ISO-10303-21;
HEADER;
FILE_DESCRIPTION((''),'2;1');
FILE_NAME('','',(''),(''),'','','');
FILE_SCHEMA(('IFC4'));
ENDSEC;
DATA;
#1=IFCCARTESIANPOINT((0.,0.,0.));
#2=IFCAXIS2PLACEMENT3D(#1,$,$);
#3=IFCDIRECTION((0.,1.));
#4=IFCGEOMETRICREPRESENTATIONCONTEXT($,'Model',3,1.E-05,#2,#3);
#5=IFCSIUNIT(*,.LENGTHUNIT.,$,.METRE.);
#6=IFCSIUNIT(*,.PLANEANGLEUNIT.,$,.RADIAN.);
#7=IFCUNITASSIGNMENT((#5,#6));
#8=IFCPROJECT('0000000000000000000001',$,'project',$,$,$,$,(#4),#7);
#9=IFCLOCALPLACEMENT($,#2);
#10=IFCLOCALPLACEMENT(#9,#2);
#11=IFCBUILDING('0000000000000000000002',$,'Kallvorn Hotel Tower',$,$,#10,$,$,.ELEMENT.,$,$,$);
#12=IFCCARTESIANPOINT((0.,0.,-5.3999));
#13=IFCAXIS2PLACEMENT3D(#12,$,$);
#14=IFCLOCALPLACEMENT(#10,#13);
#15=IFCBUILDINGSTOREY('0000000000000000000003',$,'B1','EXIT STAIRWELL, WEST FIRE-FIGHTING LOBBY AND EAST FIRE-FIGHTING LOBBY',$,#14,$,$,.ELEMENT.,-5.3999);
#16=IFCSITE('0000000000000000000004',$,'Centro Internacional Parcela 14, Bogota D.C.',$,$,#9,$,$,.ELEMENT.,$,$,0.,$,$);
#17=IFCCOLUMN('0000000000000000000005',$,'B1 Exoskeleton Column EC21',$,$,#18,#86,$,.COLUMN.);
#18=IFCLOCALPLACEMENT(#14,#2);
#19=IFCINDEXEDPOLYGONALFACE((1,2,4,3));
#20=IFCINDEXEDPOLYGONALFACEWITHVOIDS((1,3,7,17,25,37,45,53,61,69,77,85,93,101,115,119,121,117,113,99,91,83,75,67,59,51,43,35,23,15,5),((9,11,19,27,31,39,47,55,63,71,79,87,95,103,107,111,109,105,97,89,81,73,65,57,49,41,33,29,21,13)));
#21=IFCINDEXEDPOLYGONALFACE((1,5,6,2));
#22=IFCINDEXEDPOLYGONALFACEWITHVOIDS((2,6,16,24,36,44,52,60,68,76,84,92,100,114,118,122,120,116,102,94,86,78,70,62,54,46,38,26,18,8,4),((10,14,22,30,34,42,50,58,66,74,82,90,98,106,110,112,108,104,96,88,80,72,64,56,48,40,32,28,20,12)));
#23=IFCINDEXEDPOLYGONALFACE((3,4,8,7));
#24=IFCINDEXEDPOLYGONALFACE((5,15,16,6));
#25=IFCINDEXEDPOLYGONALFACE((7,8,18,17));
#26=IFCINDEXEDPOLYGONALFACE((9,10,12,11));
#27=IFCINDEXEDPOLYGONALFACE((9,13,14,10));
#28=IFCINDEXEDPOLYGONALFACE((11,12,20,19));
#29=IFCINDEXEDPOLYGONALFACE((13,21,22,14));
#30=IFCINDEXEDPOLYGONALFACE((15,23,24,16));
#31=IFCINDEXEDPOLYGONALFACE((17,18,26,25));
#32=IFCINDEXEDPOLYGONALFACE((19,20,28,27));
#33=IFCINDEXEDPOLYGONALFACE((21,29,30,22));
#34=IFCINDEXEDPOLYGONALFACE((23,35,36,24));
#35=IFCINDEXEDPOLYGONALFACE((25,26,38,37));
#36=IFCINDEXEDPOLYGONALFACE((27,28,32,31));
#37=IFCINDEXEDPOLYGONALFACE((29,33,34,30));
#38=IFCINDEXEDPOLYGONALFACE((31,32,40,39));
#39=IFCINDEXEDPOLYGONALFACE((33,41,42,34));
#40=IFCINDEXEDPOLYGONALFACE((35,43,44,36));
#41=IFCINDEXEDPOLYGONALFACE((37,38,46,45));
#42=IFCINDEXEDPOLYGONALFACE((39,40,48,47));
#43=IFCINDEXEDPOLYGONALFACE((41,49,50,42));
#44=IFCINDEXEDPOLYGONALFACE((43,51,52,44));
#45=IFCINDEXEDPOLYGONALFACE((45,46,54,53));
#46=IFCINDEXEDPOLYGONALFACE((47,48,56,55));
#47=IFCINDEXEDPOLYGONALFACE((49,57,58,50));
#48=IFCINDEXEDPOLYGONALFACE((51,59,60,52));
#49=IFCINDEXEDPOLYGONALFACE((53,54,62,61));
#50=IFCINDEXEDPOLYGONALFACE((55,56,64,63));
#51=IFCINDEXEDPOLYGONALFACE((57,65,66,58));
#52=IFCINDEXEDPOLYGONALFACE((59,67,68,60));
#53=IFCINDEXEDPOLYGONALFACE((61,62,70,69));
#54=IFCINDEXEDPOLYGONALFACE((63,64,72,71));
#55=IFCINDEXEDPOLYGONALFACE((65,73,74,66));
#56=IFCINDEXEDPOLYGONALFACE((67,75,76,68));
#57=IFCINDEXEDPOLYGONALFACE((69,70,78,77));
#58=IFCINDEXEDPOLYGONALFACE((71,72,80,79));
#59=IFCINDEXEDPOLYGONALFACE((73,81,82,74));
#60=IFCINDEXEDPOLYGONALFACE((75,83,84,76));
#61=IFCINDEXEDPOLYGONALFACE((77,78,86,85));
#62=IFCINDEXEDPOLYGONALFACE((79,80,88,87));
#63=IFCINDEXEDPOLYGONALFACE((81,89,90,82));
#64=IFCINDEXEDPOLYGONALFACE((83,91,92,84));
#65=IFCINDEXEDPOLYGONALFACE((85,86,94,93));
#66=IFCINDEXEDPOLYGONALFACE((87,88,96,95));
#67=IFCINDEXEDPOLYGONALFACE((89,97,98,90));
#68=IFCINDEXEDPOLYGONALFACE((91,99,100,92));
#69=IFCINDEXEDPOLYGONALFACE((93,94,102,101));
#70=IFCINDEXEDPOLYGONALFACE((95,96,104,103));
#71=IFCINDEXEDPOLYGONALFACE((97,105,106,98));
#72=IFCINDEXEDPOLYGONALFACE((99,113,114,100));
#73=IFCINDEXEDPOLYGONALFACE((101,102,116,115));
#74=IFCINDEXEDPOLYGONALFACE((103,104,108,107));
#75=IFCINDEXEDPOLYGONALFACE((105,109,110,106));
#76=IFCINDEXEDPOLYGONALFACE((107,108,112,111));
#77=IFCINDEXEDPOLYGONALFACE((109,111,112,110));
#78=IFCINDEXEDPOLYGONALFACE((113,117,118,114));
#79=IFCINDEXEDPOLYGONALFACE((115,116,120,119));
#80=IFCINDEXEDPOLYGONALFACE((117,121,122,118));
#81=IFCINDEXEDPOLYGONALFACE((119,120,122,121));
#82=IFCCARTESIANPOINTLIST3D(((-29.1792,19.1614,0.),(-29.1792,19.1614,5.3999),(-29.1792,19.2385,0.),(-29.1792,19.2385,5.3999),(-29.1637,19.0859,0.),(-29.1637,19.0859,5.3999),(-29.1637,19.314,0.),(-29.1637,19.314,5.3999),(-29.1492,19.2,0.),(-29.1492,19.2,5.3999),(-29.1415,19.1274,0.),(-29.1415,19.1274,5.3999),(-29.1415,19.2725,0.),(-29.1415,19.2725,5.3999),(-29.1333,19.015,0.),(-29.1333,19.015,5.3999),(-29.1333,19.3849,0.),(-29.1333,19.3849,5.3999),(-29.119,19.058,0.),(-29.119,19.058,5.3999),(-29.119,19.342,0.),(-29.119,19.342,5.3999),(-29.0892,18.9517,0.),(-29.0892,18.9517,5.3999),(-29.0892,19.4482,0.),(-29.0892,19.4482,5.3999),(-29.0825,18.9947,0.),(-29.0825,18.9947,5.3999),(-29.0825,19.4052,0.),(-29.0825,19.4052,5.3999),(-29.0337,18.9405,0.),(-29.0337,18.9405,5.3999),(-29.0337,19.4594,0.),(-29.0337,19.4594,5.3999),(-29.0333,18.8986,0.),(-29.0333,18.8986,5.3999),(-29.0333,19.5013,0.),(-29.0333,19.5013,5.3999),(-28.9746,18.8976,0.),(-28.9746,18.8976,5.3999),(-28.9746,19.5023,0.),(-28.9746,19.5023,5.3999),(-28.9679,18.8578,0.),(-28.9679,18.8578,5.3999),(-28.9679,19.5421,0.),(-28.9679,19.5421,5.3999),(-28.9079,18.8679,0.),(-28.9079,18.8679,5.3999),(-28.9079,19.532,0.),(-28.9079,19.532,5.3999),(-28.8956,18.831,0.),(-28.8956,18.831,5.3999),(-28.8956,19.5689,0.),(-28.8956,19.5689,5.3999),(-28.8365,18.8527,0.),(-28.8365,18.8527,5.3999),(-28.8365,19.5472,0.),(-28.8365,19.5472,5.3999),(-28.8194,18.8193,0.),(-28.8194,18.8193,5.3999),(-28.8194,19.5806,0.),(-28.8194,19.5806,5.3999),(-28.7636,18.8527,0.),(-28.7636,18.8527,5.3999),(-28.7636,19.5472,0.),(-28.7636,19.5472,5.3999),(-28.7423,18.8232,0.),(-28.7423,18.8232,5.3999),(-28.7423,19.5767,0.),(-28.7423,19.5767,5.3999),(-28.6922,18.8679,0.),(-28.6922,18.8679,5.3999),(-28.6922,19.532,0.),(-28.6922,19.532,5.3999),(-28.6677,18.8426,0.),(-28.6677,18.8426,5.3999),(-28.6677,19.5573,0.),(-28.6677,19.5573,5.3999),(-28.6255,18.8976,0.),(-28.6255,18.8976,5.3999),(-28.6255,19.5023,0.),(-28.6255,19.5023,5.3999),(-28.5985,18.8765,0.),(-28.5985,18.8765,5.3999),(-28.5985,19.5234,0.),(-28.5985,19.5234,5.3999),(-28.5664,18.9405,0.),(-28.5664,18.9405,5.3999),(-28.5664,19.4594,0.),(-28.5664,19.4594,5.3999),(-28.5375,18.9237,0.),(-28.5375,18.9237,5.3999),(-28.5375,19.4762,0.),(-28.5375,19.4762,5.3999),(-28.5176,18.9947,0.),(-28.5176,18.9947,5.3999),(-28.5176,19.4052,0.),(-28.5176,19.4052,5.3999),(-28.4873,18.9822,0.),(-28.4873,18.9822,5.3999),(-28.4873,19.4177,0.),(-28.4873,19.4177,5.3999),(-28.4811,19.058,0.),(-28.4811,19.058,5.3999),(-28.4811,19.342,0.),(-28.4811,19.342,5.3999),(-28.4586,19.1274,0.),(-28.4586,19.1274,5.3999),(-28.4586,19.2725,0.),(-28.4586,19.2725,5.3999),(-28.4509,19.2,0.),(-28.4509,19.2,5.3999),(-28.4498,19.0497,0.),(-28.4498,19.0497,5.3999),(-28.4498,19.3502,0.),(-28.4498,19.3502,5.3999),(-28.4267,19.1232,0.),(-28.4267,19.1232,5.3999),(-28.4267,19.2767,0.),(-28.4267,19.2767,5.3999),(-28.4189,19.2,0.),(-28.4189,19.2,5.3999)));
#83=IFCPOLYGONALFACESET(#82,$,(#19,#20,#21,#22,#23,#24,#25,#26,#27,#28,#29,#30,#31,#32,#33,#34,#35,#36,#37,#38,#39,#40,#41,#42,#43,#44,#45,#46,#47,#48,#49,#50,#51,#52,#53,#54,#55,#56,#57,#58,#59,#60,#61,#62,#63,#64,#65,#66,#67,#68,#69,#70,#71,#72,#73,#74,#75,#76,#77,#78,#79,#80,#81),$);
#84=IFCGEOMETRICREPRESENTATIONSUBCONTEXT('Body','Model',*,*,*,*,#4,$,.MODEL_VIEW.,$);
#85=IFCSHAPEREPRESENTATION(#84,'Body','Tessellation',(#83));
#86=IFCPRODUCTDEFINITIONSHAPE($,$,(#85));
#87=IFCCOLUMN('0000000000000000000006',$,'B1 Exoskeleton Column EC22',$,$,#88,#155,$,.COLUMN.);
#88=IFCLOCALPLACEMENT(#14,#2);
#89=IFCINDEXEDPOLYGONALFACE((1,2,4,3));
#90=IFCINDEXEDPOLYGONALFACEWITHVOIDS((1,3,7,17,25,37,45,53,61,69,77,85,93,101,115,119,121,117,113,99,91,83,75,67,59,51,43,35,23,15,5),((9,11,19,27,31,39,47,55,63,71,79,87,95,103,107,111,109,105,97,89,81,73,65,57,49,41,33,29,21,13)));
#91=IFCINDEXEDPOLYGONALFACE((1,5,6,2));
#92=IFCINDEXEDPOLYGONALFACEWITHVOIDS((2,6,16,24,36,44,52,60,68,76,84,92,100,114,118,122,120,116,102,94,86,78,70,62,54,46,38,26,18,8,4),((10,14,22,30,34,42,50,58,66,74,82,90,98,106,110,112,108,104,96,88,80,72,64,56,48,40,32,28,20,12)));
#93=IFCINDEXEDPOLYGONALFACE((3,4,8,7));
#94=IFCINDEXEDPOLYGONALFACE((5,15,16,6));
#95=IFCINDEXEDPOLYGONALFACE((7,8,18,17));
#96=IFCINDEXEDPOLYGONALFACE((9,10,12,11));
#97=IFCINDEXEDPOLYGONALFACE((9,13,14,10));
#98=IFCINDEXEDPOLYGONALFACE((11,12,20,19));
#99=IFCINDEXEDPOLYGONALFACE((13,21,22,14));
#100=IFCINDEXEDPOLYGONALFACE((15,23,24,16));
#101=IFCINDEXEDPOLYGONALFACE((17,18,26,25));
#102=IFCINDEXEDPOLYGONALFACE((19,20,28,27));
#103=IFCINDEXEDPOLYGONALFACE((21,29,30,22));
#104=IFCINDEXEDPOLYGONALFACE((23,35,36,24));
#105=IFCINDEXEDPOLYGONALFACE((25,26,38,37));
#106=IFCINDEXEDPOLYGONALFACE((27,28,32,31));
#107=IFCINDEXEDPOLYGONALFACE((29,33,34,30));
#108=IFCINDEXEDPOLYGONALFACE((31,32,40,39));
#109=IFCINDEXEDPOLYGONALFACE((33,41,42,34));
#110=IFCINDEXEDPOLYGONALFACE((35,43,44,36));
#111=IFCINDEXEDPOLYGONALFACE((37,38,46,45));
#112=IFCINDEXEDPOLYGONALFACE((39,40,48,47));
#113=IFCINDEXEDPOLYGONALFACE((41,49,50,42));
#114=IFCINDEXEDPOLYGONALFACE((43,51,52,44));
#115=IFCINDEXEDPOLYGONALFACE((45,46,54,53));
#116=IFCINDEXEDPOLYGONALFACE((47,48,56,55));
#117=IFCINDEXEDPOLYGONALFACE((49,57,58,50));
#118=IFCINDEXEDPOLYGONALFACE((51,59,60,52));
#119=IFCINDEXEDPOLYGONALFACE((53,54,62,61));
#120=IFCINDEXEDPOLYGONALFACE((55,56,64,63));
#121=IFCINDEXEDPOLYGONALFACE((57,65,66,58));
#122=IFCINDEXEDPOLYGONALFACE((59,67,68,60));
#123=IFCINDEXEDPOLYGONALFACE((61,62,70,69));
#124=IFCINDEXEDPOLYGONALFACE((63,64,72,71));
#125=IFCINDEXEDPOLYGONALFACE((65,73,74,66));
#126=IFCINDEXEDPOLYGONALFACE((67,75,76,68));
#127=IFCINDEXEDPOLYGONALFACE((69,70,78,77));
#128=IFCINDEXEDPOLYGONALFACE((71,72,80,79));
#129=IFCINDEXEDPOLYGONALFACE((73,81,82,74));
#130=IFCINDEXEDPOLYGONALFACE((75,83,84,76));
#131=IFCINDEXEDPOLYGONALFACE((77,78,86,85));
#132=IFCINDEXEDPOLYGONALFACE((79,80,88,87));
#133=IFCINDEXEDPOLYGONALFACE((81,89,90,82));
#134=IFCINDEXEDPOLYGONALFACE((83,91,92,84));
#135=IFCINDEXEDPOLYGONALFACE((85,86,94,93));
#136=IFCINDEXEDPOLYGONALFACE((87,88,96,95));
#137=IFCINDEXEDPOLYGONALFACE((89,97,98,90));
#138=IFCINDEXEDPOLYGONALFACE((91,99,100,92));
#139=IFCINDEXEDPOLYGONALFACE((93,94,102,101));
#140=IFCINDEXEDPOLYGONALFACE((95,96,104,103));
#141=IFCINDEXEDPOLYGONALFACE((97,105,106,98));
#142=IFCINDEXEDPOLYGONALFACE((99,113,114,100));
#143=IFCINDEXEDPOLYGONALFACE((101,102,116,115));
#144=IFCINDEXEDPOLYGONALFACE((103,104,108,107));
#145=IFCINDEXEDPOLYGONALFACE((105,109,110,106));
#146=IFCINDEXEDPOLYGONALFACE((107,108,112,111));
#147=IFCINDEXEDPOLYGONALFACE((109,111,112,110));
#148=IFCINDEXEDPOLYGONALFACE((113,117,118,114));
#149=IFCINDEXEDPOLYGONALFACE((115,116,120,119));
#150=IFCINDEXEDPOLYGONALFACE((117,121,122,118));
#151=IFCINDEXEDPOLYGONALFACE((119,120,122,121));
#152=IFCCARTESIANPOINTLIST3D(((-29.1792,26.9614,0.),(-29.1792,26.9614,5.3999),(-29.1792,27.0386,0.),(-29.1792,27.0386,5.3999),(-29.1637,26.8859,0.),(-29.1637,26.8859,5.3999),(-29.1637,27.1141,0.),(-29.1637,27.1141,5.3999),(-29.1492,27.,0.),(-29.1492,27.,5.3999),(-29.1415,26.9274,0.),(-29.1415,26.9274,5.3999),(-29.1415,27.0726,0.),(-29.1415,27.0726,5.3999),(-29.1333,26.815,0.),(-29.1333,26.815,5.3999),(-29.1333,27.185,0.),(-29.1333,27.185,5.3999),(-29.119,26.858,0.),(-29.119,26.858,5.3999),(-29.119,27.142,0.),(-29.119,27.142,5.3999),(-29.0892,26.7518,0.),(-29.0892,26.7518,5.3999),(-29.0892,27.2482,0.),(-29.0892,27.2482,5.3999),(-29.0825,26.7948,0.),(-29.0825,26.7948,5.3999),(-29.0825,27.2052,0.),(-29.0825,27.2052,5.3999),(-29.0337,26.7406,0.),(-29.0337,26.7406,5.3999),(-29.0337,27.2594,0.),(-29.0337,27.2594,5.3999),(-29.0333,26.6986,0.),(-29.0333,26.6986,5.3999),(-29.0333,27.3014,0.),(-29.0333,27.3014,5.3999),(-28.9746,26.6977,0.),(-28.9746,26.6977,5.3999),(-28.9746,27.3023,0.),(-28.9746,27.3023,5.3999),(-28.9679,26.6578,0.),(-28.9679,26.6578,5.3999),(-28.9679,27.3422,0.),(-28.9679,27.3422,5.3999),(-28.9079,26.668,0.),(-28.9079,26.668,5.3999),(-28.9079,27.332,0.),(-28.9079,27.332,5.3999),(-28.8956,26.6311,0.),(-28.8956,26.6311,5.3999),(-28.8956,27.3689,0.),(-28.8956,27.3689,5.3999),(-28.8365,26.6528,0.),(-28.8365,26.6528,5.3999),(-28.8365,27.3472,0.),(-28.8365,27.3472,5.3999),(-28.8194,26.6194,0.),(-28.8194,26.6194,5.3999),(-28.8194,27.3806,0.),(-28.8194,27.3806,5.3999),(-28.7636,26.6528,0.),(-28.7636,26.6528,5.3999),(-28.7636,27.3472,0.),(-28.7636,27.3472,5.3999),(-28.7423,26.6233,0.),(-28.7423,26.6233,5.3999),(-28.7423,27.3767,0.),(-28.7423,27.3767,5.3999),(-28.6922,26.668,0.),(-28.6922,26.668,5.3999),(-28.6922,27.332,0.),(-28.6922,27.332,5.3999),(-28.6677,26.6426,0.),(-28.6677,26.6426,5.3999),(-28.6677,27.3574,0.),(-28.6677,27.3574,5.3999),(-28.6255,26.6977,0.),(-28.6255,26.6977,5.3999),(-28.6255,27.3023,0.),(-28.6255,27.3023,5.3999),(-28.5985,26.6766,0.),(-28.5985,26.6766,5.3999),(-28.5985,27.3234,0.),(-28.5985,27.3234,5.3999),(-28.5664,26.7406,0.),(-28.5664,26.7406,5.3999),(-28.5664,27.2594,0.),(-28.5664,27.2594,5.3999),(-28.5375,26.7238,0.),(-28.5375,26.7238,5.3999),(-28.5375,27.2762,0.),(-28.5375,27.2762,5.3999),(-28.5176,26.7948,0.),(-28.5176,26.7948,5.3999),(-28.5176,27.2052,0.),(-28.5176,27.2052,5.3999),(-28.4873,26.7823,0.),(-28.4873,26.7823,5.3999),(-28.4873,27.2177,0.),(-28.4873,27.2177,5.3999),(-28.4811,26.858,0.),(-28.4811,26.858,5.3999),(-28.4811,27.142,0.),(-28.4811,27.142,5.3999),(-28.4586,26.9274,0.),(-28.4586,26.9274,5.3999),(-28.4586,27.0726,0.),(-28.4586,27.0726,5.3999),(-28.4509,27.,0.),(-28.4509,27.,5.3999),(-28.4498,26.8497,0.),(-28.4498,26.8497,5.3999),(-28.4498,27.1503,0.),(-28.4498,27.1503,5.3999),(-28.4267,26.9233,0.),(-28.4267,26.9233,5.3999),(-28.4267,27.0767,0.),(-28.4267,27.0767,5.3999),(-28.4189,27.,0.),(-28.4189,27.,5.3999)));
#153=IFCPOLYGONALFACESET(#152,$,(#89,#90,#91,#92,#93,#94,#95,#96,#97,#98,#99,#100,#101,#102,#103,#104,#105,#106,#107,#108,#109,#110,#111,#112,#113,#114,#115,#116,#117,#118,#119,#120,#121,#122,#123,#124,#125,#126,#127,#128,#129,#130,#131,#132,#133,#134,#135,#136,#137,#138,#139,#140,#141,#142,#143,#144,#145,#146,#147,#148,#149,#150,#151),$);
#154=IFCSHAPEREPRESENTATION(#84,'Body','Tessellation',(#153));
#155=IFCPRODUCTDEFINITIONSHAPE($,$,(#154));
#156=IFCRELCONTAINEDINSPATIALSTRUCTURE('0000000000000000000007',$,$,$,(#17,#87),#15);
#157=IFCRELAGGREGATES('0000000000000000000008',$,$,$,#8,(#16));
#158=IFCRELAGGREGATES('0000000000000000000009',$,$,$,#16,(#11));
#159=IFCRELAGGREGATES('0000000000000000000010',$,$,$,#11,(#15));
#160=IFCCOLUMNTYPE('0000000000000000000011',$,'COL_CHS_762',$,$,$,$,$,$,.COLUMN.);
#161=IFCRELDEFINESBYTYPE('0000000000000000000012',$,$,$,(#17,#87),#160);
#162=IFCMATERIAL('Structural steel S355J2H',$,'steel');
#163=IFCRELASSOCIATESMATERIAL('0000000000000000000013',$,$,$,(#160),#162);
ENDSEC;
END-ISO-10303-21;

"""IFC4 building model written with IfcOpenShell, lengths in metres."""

from ifc_helpers import new_model, si_unit, direction, frame, origin, origin_2d, place, context, subcontext, project, spatial, hollow_circle, extrude, material, material_profile, profile_set, type_object, element, save


model = new_model("IFC4")

# Units and contexts
model_context = context("Model", 3, precision=1e-05, world=origin(), true_north=direction((0.0, 1.0)))
body_context = subcontext(model_context, "Body", "Model", "MODEL_VIEW")
ifc_project = project(units=[si_unit("LENGTHUNIT", "METRE"), si_unit("PLANEANGLEUNIT", "RADIAN")], contexts=[model_context])

# Site, building, storey
site_placement = place(None, origin())
site = spatial("IfcSite", under=ifc_project, at=site_placement, Name="Centro Internacional Parcela 14, Bogota D.C.", CompositionType="ELEMENT", RefElevation=0.0)
building_placement = place(site_placement, origin())
building = spatial("IfcBuilding", under=site, at=building_placement, Name="Kallvorn Hotel Tower", CompositionType="ELEMENT")
storey_placement = place(building_placement, frame((0.0, 0.0, -5.3999)))
storey = spatial("IfcBuildingStorey", under=building, at=storey_placement, Name="B1", Description="EXIT STAIRWELL, WEST FIRE-FIGHTING LOBBY AND EAST FIRE-FIGHTING LOBBY", CompositionType="ELEMENT", Elevation=-5.3999)

# Columns
ifc_material_1 = material(Name="Structural steel S355J2H", Category="steel")
ifc_material_profile_1 = material_profile(ifc_material_1, hollow_circle(Radius=0.3811, WallThickness=0.032, at=origin_2d()), Name="CHS 762x32")
ifc_profile_set_1 = profile_set([ifc_material_profile_1], Name="Structural steel S355J2H")
column_type_1 = type_object("IfcColumnType", Name="COL_CHS_762", PredefinedType="COLUMN", material=ifc_profile_set_1)
for number, where, z_axis, x_axis, name in (
    (1, (-28.8, 19.2, 0.0), (0.0, 0.0, 1.0), (1.0, 0.0, 0.0), "B1 Exoskeleton Column EC21"),
    (2, (-28.8, 27.0, 0.0), (0.0, 0.0, 1.0), (1.0, 0.0, 0.0), "B1 Exoskeleton Column EC22"),
):
    element("IfcColumn", number, at=place(storey_placement, frame(where, z_axis=z_axis, x_axis=x_axis)), inside=storey, type_object=column_type_1, Name=name, PredefinedType="COLUMN", context=body_context, shape_type="SweptSolid", body=[
        extrude(hollow_circle(Radius=0.3811, WallThickness=0.032, at=origin_2d()), origin(), (0.0, 0.0, 1.0), 5.3999),
    ])

save(model, "model.ifc")
